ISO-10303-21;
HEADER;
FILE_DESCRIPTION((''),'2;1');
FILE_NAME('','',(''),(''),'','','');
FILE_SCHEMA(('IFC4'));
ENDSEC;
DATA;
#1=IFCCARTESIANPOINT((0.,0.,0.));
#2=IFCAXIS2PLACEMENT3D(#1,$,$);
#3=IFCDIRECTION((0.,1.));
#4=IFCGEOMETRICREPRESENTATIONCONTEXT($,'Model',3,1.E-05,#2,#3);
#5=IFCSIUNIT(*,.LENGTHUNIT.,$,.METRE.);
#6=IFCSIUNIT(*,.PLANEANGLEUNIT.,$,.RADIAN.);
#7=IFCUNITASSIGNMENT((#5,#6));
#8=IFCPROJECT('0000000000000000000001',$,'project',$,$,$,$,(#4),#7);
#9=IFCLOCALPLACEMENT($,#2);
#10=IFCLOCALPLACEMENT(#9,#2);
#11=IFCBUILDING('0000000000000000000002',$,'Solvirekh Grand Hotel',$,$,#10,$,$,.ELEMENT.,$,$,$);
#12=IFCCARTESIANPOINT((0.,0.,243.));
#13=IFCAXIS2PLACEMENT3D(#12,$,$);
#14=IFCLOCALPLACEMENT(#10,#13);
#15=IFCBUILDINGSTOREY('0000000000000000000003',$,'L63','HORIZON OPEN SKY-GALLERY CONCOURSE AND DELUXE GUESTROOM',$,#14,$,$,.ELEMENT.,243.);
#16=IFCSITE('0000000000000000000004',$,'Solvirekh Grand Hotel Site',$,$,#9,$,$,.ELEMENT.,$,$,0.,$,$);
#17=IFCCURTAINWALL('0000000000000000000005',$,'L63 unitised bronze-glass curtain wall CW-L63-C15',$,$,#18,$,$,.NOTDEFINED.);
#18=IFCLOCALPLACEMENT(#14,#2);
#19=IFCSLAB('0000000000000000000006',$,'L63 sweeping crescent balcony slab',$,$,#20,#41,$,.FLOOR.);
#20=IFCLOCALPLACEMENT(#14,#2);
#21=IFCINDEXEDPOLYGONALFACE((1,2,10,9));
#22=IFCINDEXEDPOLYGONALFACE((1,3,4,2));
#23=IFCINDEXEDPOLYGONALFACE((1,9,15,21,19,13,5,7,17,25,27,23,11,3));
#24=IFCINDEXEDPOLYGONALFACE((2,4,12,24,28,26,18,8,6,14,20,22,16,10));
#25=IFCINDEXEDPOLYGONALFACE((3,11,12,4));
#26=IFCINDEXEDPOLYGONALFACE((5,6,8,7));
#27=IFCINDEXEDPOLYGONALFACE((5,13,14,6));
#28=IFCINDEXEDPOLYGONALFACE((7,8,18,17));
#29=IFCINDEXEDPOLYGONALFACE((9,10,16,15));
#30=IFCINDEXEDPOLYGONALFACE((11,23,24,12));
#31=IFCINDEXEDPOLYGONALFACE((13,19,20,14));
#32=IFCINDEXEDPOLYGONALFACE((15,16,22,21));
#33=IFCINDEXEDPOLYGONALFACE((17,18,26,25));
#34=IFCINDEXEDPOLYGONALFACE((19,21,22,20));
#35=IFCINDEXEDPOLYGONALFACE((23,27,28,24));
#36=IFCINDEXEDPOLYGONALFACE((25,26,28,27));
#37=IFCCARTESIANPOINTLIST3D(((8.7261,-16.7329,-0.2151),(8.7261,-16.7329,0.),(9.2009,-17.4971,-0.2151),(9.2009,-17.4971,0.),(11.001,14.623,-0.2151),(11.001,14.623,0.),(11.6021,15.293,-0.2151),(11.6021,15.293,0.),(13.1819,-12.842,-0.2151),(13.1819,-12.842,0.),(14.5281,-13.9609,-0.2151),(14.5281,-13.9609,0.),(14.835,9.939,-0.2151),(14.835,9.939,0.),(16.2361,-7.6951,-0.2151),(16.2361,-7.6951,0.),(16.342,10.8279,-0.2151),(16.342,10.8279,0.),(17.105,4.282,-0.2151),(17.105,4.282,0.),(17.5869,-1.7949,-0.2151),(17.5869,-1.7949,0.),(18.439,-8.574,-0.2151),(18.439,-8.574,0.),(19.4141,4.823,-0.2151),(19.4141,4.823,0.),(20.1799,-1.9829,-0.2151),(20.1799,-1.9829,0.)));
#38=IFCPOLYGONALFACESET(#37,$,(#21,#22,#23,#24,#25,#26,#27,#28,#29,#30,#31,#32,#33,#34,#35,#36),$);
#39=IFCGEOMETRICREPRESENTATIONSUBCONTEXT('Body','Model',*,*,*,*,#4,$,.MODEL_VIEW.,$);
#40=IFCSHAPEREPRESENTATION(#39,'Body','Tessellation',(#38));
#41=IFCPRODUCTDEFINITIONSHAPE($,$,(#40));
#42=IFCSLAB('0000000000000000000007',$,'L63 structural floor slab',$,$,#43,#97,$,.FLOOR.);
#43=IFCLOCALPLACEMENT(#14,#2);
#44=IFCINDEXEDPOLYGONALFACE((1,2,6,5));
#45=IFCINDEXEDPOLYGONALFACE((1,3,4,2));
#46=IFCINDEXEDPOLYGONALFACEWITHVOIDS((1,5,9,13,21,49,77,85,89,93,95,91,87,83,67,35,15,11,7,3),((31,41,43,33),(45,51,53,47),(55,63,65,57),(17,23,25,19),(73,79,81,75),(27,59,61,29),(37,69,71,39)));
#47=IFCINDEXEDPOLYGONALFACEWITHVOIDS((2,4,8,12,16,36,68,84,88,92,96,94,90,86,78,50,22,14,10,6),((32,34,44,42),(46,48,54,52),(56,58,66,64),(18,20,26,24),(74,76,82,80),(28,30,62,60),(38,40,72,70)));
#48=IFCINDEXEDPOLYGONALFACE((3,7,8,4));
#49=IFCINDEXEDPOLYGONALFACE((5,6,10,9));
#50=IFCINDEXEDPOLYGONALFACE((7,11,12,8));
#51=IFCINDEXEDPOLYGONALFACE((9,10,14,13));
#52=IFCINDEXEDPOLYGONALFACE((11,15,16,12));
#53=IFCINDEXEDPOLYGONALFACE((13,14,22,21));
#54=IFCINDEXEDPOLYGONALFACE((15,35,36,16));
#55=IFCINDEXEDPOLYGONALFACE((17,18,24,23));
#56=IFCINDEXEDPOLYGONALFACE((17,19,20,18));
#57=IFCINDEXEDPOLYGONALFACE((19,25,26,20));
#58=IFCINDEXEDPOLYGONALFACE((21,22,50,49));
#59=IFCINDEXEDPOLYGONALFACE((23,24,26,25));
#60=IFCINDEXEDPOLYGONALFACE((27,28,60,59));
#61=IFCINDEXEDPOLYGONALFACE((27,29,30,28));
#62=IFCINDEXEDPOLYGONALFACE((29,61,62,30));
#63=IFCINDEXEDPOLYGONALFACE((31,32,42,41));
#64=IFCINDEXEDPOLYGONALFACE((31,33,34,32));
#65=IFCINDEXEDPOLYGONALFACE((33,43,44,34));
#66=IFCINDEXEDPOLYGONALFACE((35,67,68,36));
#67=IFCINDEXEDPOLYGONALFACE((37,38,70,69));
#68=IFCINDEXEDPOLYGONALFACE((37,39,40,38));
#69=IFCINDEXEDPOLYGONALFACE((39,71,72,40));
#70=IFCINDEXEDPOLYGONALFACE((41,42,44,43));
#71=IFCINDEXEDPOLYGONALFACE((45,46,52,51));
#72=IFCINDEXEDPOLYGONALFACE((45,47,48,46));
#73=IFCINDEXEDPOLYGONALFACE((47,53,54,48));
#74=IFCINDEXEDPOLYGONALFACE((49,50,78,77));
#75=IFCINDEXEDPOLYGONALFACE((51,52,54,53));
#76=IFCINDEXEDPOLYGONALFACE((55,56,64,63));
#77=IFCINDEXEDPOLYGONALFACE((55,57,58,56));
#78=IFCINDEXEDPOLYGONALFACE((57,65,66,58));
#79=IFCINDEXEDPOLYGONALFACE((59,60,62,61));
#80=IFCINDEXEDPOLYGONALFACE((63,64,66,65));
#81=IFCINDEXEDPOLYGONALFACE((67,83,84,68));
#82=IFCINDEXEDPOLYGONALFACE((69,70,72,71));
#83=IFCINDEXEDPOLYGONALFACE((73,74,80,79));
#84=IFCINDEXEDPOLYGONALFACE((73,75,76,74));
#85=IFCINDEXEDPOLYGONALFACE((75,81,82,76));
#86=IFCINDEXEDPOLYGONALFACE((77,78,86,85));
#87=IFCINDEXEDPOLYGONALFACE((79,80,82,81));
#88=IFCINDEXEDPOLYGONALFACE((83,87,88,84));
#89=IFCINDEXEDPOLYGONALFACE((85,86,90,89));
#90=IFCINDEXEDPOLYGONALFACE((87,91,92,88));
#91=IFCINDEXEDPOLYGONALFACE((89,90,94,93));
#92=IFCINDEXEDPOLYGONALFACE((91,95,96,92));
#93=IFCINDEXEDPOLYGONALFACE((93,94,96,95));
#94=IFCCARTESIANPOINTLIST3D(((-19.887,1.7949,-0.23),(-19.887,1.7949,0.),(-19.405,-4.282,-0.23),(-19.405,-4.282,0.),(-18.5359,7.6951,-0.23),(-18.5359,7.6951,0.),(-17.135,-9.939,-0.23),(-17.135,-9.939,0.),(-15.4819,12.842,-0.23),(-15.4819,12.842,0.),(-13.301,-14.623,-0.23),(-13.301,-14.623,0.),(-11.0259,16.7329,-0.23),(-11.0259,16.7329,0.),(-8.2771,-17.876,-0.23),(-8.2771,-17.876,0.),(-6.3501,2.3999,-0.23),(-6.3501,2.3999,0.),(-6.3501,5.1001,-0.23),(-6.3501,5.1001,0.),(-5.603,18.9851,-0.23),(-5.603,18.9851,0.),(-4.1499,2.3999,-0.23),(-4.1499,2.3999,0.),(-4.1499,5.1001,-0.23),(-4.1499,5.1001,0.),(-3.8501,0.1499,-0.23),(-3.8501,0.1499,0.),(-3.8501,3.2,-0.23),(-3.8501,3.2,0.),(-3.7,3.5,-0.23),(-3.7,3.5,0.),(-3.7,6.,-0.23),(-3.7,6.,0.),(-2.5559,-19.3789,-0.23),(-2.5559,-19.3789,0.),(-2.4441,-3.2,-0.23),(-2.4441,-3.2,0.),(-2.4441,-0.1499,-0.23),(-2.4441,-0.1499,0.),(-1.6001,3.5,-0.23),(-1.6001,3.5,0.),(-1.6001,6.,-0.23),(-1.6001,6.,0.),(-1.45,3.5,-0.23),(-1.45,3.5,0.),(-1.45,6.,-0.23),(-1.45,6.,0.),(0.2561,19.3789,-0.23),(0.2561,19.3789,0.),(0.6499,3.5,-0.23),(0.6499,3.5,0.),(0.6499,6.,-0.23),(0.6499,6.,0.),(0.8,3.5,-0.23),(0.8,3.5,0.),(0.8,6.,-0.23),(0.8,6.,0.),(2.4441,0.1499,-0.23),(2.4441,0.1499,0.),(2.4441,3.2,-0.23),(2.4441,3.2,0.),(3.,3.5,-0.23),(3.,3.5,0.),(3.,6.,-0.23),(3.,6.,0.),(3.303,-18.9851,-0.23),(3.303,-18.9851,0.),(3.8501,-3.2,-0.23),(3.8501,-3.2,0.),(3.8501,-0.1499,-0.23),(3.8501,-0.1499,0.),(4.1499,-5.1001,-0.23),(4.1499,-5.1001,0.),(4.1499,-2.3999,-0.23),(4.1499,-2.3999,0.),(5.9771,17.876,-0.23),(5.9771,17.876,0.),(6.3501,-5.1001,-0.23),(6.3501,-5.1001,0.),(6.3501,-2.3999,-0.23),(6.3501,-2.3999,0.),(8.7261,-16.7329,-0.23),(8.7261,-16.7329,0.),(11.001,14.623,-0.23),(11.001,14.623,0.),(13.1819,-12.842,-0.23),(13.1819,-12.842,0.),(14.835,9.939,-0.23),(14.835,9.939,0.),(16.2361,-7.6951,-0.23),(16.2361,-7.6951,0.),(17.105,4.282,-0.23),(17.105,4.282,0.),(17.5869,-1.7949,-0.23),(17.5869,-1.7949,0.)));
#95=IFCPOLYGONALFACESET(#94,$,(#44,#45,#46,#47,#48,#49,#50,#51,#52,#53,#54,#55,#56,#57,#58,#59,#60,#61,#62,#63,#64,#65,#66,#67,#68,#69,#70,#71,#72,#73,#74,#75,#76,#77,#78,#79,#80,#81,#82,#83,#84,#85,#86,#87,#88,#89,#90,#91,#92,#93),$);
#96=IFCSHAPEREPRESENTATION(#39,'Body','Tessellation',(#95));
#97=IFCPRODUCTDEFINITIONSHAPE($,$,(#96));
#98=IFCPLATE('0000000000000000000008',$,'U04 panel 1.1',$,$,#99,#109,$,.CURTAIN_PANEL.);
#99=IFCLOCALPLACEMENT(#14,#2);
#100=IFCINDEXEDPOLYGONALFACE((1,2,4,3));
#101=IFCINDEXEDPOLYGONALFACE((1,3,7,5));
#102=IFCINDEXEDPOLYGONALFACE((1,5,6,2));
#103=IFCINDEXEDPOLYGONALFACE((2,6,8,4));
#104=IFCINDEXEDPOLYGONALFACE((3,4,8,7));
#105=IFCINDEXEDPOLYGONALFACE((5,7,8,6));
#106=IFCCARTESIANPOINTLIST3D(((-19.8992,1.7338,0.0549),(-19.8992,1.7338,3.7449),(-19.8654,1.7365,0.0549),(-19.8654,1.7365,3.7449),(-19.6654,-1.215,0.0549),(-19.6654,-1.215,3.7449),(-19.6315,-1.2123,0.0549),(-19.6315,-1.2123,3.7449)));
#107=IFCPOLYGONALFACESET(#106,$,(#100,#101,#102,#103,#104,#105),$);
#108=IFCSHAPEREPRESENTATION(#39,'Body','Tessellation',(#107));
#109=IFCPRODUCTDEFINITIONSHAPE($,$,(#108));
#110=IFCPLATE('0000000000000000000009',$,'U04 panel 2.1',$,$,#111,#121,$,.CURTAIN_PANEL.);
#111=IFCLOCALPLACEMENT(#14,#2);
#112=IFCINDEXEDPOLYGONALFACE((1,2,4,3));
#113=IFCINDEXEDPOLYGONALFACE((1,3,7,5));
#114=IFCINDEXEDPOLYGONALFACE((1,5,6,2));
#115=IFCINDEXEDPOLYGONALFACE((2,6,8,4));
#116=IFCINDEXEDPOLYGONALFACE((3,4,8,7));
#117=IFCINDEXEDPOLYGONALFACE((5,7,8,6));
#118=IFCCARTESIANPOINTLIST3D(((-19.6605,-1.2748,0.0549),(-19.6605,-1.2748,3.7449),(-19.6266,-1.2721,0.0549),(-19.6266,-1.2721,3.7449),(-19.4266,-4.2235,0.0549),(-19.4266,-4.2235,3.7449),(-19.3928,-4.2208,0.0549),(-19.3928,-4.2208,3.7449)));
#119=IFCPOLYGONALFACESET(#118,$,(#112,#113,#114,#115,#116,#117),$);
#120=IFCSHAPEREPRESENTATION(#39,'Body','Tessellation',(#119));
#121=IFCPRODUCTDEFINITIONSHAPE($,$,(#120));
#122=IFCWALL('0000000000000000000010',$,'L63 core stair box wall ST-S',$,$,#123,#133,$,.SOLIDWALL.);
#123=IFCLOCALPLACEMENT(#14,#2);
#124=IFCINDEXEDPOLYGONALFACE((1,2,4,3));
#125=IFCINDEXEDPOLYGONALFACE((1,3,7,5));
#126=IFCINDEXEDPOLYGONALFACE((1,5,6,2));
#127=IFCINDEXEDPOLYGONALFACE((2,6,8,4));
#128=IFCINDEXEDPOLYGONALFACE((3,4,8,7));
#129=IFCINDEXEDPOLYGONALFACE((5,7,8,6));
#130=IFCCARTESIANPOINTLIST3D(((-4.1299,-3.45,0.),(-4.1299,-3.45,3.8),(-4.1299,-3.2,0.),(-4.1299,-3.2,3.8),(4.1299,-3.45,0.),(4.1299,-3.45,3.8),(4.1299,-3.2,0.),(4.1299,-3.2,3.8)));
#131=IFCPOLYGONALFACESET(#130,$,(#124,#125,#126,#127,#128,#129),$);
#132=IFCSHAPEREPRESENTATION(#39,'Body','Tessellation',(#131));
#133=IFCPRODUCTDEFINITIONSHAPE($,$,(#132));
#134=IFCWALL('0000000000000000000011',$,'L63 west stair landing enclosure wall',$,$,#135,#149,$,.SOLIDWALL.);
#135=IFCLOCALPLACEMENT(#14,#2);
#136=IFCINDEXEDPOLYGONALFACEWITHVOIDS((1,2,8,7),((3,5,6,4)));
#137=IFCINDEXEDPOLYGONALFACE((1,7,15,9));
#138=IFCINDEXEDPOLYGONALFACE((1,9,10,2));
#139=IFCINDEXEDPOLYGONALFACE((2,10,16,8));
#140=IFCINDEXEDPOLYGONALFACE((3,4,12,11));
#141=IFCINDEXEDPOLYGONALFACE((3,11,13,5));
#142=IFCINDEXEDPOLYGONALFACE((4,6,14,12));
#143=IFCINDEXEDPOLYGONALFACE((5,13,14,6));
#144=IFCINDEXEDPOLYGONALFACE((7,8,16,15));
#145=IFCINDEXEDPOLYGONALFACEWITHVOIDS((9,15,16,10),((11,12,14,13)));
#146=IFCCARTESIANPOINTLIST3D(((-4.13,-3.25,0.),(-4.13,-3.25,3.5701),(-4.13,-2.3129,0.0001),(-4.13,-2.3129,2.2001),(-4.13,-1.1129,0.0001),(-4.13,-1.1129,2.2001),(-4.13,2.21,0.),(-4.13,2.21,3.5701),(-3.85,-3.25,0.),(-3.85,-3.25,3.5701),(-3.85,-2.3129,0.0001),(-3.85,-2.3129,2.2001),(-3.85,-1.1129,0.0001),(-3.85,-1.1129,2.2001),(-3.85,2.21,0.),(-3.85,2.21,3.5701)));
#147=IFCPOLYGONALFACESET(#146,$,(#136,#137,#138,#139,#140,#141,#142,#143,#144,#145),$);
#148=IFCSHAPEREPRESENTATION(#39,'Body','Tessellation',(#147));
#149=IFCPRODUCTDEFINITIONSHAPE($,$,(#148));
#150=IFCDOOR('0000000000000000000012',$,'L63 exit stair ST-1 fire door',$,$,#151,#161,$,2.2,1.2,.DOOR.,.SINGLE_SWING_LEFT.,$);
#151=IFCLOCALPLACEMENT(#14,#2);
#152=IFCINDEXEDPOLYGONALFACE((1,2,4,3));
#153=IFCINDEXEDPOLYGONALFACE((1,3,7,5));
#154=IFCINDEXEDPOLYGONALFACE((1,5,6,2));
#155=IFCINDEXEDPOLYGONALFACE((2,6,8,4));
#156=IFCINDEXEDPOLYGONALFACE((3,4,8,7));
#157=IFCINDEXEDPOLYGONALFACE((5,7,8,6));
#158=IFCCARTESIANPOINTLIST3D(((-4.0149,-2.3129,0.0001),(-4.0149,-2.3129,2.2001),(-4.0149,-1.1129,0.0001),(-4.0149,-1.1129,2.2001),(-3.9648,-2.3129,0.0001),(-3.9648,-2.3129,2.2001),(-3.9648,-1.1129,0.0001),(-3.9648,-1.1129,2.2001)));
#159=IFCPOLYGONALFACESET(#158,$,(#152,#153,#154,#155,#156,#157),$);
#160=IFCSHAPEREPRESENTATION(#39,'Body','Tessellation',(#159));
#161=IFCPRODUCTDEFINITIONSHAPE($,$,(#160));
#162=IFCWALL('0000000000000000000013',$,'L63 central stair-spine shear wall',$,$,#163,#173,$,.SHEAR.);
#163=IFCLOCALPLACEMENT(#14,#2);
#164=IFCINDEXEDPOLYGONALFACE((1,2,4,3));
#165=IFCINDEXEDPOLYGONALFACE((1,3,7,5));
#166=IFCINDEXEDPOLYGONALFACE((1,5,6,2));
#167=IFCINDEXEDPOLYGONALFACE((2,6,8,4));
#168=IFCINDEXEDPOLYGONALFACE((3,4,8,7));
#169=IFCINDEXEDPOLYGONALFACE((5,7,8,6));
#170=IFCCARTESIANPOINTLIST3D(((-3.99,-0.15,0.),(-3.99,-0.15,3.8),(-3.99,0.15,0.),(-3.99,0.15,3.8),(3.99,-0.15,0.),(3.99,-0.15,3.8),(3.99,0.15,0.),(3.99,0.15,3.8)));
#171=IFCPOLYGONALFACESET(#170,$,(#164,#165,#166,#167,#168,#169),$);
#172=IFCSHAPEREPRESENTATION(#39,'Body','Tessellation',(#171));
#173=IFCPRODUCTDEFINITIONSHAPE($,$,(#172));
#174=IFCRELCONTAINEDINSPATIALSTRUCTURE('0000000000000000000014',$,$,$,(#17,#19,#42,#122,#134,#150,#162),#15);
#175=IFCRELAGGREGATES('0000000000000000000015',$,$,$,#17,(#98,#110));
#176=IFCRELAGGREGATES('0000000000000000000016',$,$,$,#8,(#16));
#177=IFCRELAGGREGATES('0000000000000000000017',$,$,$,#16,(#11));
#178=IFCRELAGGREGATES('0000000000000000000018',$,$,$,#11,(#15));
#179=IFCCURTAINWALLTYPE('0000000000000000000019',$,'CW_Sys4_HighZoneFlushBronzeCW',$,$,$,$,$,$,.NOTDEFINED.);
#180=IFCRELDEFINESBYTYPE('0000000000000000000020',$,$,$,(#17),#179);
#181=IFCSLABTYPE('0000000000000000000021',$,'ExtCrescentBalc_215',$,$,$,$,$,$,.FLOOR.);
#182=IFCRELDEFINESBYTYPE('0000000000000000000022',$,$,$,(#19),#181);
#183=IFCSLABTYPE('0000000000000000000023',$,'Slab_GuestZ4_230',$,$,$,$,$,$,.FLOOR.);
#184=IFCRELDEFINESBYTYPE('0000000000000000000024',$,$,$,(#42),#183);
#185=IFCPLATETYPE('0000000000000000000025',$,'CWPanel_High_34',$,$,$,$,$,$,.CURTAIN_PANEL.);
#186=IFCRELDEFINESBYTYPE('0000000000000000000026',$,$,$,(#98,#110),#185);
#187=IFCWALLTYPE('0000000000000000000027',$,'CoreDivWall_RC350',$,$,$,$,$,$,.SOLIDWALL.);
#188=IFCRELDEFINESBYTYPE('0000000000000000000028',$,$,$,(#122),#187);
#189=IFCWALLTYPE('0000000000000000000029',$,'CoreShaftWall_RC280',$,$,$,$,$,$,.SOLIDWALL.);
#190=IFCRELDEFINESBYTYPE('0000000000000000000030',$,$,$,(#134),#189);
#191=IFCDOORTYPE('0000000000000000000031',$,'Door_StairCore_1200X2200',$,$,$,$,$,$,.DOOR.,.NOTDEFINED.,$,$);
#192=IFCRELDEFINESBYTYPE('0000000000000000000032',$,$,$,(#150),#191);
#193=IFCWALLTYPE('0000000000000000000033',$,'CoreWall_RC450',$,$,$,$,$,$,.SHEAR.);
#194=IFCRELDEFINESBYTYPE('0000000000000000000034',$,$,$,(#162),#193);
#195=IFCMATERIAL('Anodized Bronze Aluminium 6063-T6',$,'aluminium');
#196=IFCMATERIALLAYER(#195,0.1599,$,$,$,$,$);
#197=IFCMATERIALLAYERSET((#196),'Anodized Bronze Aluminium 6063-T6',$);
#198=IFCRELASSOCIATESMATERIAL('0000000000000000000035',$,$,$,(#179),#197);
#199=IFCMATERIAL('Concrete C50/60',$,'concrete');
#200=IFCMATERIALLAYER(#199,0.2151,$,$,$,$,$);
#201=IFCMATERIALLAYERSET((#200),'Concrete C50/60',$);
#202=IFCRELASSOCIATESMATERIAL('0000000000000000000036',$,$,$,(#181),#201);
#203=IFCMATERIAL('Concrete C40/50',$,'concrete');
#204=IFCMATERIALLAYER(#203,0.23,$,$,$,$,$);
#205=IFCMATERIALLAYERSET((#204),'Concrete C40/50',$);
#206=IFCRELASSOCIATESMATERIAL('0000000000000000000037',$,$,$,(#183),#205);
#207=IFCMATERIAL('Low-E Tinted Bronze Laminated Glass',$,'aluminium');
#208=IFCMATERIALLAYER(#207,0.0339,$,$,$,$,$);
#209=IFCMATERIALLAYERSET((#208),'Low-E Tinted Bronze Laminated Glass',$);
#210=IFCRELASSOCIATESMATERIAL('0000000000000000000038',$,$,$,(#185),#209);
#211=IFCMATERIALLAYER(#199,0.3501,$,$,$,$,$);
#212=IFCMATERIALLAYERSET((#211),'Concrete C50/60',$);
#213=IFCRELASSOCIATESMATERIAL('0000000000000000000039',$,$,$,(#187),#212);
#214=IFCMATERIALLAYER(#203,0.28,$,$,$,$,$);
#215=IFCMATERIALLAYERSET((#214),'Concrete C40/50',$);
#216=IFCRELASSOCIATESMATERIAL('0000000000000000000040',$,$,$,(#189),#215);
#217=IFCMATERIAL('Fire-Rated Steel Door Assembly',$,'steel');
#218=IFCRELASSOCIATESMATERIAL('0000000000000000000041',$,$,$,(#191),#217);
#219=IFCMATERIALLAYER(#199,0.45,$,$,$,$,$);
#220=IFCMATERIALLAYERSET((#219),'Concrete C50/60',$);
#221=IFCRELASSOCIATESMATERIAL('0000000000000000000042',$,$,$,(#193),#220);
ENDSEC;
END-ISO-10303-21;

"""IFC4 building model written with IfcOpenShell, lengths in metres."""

from ifc_helpers import new_model, si_unit, direction, frame, frame_2d, origin, origin_2d, place, context, subcontext, project, spatial, polyline, rectangle, outline, extrude, source, transform, mapped, material, layer, layer_set, type_object, element, fill, aggregate, save


model = new_model("IFC4")

# Units and contexts
model_context = context("Model", 3, precision=1e-05, world=origin(), true_north=direction((0.0, 1.0)))
body_context = subcontext(model_context, "Body", "Model", "MODEL_VIEW")
ifc_project = project(units=[si_unit("LENGTHUNIT", "METRE"), si_unit("PLANEANGLEUNIT", "RADIAN")], contexts=[model_context])

# Site, building, storey
site_placement = place(None, origin())
site = spatial("IfcSite", under=ifc_project, at=site_placement, Name="Solvirekh Grand Hotel Site", CompositionType="ELEMENT", RefElevation=0.0)
building_placement = place(site_placement, origin())
building = spatial("IfcBuilding", under=site, at=building_placement, Name="Solvirekh Grand Hotel", CompositionType="ELEMENT")
storey_placement = place(building_placement, frame((0.0, 0.0, 243.0)))
storey = spatial("IfcBuildingStorey", under=building, at=storey_placement, Name="L63", Description="HORIZON OPEN SKY-GALLERY CONCOURSE AND DELUXE GUESTROOM", CompositionType="ELEMENT", Elevation=243.0)

# Shared definitions
ifc_material_1 = material(Name="Concrete C50/60", Category="concrete")

# Curtain wall
ifc_material_2 = material(Name="Anodized Bronze Aluminium 6063-T6", Category="aluminium")
ifc_layer_1 = layer(ifc_material_2, 0.1599)
ifc_layer_set_1 = layer_set([ifc_layer_1], Name="Anodized Bronze Aluminium 6063-T6")
curtain_wall_type = type_object("IfcCurtainWallType", Name="CW_Sys4_HighZoneFlushBronzeCW", PredefinedType="NOTDEFINED", material=ifc_layer_set_1)
curtain_wall_placement = place(storey_placement, origin())
curtain_wall = element("IfcCurtainWall", 1, at=curtain_wall_placement, inside=storey, type_object=curtain_wall_type, Name="L63 unitised bronze-glass curtain wall CW-L63-C15", PredefinedType="NOTDEFINED")

# Slabs
ifc_layer_2 = layer(ifc_material_1, 0.2151)
ifc_layer_set_2 = layer_set([ifc_layer_2], Name="Concrete C50/60")
slab_type_1 = type_object("IfcSlabType", Name="ExtCrescentBalc_215", PredefinedType="FLOOR", material=ifc_layer_set_2)
slab_1_placement = place(storey_placement, frame((0.0, 0.0, -0.2151)))
element("IfcSlab", 2, at=slab_1_placement, inside=storey, type_object=slab_type_1, Name="L63 sweeping crescent balcony slab", PredefinedType="FLOOR", context=body_context, shape_type="SweptSolid", body=[
    extrude(outline(polyline([(9.2009, -17.4971), (14.5281, -13.9609), (18.439, -8.574), (20.1799, -1.9829), (19.4141, 4.823), (16.342, 10.8279), (11.6021, 15.293), (11.001, 14.623), (14.835, 9.939), (17.105, 4.282), (17.5869, -1.7949), (16.2361, -7.6951), (13.1819, -12.842), (8.7261, -16.7329), (9.2009, -17.4971)])), origin(), (0.0, 0.0, 1.0), 0.2151),
])
ifc_material_3 = material(Name="Concrete C40/50", Category="concrete")
ifc_layer_3 = layer(ifc_material_3, 0.23)
ifc_layer_set_3 = layer_set([ifc_layer_3], Name="Concrete C40/50")
slab_type_2 = type_object("IfcSlabType", Name="Slab_GuestZ4_230", PredefinedType="FLOOR", material=ifc_layer_set_3)
slab_2_placement = place(storey_placement, frame((0.0, 0.0, -0.23)))
element("IfcSlab", 3, at=slab_2_placement, inside=storey, type_object=slab_type_2, Name="L63 structural floor slab", PredefinedType="FLOOR", context=body_context, shape_type="SweptSolid", body=[
    extrude(outline(polyline([(3.303, -18.9851), (8.7261, -16.7329), (13.1819, -12.842), (16.2361, -7.6951), (17.5869, -1.7949), (17.105, 4.282), (14.835, 9.939), (11.001, 14.623), (5.9771, 17.876), (0.2561, 19.3789), (-5.603, 18.9851), (-11.0259, 16.7329), (-15.4819, 12.842), (-18.5359, 7.6951), (-19.887, 1.7949), (-19.405, -4.282), (-17.135, -9.939), (-13.301, -14.623), (-8.2771, -17.876), (-2.5559, -19.3789), (3.303, -18.9851)]), holes=[polyline([(-2.4441, -0.1499), (3.8501, -0.1499), (3.8501, -3.2), (-2.4441, -3.2), (-2.4441, -0.1499)]), polyline([(2.4441, 0.1499), (-3.8501, 0.1499), (-3.8501, 3.2), (2.4441, 3.2), (2.4441, 0.1499)]), polyline([(-3.7, 6.0), (-1.6001, 6.0), (-1.6001, 3.5), (-3.7, 3.5), (-3.7, 6.0)]), polyline([(-1.45, 6.0), (0.6499, 6.0), (0.6499, 3.5), (-1.45, 3.5), (-1.45, 6.0)]), polyline([(0.8, 6.0), (3.0, 6.0), (3.0, 3.5), (0.8, 3.5), (0.8, 6.0)]), polyline([(-6.3501, 5.1001), (-4.1499, 5.1001), (-4.1499, 2.3999), (-6.3501, 2.3999), (-6.3501, 5.1001)]), polyline([(4.1499, -2.3999), (6.3501, -2.3999), (6.3501, -5.1001), (4.1499, -5.1001), (4.1499, -2.3999)])]), origin(), (0.0, 0.0, 1.0), 0.23),
])

# Plates
ifc_material_4 = material(Name="Low-E Tinted Bronze Laminated Glass", Category="aluminium")
ifc_layer_4 = layer(ifc_material_4, 0.0339)
ifc_layer_set_4 = layer_set([ifc_layer_4], Name="Low-E Tinted Bronze Laminated Glass")
plate_type = type_object("IfcPlateType", Name="CWPanel_High_34", PredefinedType="CURTAIN_PANEL", material=ifc_layer_set_4)
shared_shape_1 = source(origin(), body_context, "Body", "SweptSolid", [
    extrude(rectangle(XDim=2.958, YDim=0.0339, at=origin_2d()), origin(), (0.0, 0.0, 1.0), 3.6899),
])
plate_1_placement = place(storey_placement, frame((-19.7654, 0.2607, 0.0549), z_axis=(0.0, 0.0, 1.0), x_axis=(0.079067, -0.996869, 0.0)))
plate_1 = element("IfcPlate", 4, at=plate_1_placement, type_object=plate_type, Name="U04 panel 1.1", PredefinedType="CURTAIN_PANEL", context=body_context, shape_type="MappedRepresentation", body=[
    mapped(shared_shape_1, transform((0.0, 0.0, 0.0), x_axis=(1.0, 0.0, 0.0), y_axis=(0.0, 1.0, 0.0), z_axis=(0.0, 0.0, 1.0), scale=1.0)),
])
plate_2_placement = place(storey_placement, frame((-19.5266, -2.7478, 0.0549), z_axis=(0.0, 0.0, 1.0), x_axis=(0.079067, -0.996869, 0.0)))
plate_2 = element("IfcPlate", 5, at=plate_2_placement, type_object=plate_type, Name="U04 panel 2.1", PredefinedType="CURTAIN_PANEL", context=body_context, shape_type="MappedRepresentation", body=[
    mapped(shared_shape_1, transform((0.0, 0.0, 0.0), x_axis=(1.0, 0.0, 0.0), y_axis=(0.0, 1.0, 0.0), z_axis=(0.0, 0.0, 1.0), scale=1.0)),
])
aggregate(curtain_wall, [plate_1, plate_2])

# Wall
ifc_layer_5 = layer(ifc_material_1, 0.3501)
ifc_layer_set_5 = layer_set([ifc_layer_5], Name="Concrete C50/60")
wall_type_1 = type_object("IfcWallType", Name="CoreDivWall_RC350", PredefinedType="SOLIDWALL", material=ifc_layer_set_5)
wall_1_placement = place(storey_placement, frame((-4.1299, -3.325, 0.0), z_axis=(0.0, 0.0, 1.0), x_axis=(1.0, 0.0, 0.0)))
element("IfcWall", 6, at=wall_1_placement, inside=storey, type_object=wall_type_1, Name="L63 core stair box wall ST-S", PredefinedType="SOLIDWALL", context=body_context, shape_type="SweptSolid", body=[
    extrude(rectangle(XDim=8.2598, YDim=0.25, at=frame_2d((4.1299, 0.0))), origin(), (0.0, 0.0, 1.0), 3.8),
])

# Wall, opening, door
ifc_layer_6 = layer(ifc_material_3, 0.28)
ifc_layer_set_6 = layer_set([ifc_layer_6], Name="Concrete C40/50")
wall_type_2 = type_object("IfcWallType", Name="CoreShaftWall_RC280", PredefinedType="SOLIDWALL", material=ifc_layer_set_6)
wall_2_placement = place(storey_placement, frame((-3.99, -3.25, 0.0), z_axis=(0.0, 0.0, 1.0), x_axis=(0.0, 1.0, 0.0)))
wall_2 = element("IfcWall", 7, at=wall_2_placement, inside=storey, type_object=wall_type_2, Name="L63 west stair landing enclosure wall", PredefinedType="SOLIDWALL", context=body_context, shape_type="SweptSolid", body=[
    extrude(rectangle(XDim=5.46, YDim=0.28, at=frame_2d((2.73, 0.0))), origin(), (0.0, 0.0, 1.0), 3.5701),
])
opening_1_placement = place(wall_2_placement, frame((0.937, 0.0, 0.0)))
opening_1 = element("IfcOpeningElement", 8, at=opening_1_placement, cuts=wall_2, PredefinedType="OPENING", context=body_context, shape_type="SweptSolid", body=[
    extrude(rectangle(XDim=1.2, YDim=2.2, at=frame_2d((0.6001, 1.1001))), frame((0.0, 0.1499, 0.0), z_axis=(0.0, -1.0, 0.0), x_axis=(1.0, 0.0, 0.0)), (0.0, 0.0, 1.0), 0.3),
])
ifc_material_5 = material(Name="Fire-Rated Steel Door Assembly", Category="steel")
door_type_1 = type_object("IfcDoorType", Name="Door_StairCore_1200X2200", OperationType="NOTDEFINED", PredefinedType="DOOR", material=ifc_material_5)
door_1_placement = place(opening_1_placement, origin())
door_1 = element("IfcDoor", 9, at=door_1_placement, inside=storey, type_object=door_type_1, Name="L63 exit stair ST-1 fire door", OperationType="SINGLE_SWING_LEFT", OverallHeight=2.2, OverallWidth=1.2, PredefinedType="DOOR", context=body_context, shape_type="SweptSolid", body=[
    extrude(rectangle(XDim=1.2, YDim=2.2, at=frame_2d((0.6001, 1.1001))), frame((0.0, 0.0249, 0.0), z_axis=(0.0, -1.0, 0.0), x_axis=(1.0, 0.0, 0.0)), (0.0, 0.0, 1.0), 0.05),
])
fill(opening_1, door_1)

# Wall
ifc_layer_7 = layer(ifc_material_1, 0.45)
ifc_layer_set_7 = layer_set([ifc_layer_7], Name="Concrete C50/60")
wall_type_3 = type_object("IfcWallType", Name="CoreWall_RC450", PredefinedType="SHEAR", material=ifc_layer_set_7)
wall_3_placement = place(storey_placement, frame((-3.99, 0.0, 0.0), z_axis=(0.0, 0.0, 1.0), x_axis=(1.0, 0.0, 0.0)))
element("IfcWall", 10, at=wall_3_placement, inside=storey, type_object=wall_type_3, Name="L63 central stair-spine shear wall", PredefinedType="SHEAR", context=body_context, shape_type="SweptSolid", body=[
    extrude(rectangle(XDim=7.98, YDim=0.3, at=frame_2d((3.99, 0.0))), origin(), (0.0, 0.0, 1.0), 3.8),
])

save(model, "model.ifc")
